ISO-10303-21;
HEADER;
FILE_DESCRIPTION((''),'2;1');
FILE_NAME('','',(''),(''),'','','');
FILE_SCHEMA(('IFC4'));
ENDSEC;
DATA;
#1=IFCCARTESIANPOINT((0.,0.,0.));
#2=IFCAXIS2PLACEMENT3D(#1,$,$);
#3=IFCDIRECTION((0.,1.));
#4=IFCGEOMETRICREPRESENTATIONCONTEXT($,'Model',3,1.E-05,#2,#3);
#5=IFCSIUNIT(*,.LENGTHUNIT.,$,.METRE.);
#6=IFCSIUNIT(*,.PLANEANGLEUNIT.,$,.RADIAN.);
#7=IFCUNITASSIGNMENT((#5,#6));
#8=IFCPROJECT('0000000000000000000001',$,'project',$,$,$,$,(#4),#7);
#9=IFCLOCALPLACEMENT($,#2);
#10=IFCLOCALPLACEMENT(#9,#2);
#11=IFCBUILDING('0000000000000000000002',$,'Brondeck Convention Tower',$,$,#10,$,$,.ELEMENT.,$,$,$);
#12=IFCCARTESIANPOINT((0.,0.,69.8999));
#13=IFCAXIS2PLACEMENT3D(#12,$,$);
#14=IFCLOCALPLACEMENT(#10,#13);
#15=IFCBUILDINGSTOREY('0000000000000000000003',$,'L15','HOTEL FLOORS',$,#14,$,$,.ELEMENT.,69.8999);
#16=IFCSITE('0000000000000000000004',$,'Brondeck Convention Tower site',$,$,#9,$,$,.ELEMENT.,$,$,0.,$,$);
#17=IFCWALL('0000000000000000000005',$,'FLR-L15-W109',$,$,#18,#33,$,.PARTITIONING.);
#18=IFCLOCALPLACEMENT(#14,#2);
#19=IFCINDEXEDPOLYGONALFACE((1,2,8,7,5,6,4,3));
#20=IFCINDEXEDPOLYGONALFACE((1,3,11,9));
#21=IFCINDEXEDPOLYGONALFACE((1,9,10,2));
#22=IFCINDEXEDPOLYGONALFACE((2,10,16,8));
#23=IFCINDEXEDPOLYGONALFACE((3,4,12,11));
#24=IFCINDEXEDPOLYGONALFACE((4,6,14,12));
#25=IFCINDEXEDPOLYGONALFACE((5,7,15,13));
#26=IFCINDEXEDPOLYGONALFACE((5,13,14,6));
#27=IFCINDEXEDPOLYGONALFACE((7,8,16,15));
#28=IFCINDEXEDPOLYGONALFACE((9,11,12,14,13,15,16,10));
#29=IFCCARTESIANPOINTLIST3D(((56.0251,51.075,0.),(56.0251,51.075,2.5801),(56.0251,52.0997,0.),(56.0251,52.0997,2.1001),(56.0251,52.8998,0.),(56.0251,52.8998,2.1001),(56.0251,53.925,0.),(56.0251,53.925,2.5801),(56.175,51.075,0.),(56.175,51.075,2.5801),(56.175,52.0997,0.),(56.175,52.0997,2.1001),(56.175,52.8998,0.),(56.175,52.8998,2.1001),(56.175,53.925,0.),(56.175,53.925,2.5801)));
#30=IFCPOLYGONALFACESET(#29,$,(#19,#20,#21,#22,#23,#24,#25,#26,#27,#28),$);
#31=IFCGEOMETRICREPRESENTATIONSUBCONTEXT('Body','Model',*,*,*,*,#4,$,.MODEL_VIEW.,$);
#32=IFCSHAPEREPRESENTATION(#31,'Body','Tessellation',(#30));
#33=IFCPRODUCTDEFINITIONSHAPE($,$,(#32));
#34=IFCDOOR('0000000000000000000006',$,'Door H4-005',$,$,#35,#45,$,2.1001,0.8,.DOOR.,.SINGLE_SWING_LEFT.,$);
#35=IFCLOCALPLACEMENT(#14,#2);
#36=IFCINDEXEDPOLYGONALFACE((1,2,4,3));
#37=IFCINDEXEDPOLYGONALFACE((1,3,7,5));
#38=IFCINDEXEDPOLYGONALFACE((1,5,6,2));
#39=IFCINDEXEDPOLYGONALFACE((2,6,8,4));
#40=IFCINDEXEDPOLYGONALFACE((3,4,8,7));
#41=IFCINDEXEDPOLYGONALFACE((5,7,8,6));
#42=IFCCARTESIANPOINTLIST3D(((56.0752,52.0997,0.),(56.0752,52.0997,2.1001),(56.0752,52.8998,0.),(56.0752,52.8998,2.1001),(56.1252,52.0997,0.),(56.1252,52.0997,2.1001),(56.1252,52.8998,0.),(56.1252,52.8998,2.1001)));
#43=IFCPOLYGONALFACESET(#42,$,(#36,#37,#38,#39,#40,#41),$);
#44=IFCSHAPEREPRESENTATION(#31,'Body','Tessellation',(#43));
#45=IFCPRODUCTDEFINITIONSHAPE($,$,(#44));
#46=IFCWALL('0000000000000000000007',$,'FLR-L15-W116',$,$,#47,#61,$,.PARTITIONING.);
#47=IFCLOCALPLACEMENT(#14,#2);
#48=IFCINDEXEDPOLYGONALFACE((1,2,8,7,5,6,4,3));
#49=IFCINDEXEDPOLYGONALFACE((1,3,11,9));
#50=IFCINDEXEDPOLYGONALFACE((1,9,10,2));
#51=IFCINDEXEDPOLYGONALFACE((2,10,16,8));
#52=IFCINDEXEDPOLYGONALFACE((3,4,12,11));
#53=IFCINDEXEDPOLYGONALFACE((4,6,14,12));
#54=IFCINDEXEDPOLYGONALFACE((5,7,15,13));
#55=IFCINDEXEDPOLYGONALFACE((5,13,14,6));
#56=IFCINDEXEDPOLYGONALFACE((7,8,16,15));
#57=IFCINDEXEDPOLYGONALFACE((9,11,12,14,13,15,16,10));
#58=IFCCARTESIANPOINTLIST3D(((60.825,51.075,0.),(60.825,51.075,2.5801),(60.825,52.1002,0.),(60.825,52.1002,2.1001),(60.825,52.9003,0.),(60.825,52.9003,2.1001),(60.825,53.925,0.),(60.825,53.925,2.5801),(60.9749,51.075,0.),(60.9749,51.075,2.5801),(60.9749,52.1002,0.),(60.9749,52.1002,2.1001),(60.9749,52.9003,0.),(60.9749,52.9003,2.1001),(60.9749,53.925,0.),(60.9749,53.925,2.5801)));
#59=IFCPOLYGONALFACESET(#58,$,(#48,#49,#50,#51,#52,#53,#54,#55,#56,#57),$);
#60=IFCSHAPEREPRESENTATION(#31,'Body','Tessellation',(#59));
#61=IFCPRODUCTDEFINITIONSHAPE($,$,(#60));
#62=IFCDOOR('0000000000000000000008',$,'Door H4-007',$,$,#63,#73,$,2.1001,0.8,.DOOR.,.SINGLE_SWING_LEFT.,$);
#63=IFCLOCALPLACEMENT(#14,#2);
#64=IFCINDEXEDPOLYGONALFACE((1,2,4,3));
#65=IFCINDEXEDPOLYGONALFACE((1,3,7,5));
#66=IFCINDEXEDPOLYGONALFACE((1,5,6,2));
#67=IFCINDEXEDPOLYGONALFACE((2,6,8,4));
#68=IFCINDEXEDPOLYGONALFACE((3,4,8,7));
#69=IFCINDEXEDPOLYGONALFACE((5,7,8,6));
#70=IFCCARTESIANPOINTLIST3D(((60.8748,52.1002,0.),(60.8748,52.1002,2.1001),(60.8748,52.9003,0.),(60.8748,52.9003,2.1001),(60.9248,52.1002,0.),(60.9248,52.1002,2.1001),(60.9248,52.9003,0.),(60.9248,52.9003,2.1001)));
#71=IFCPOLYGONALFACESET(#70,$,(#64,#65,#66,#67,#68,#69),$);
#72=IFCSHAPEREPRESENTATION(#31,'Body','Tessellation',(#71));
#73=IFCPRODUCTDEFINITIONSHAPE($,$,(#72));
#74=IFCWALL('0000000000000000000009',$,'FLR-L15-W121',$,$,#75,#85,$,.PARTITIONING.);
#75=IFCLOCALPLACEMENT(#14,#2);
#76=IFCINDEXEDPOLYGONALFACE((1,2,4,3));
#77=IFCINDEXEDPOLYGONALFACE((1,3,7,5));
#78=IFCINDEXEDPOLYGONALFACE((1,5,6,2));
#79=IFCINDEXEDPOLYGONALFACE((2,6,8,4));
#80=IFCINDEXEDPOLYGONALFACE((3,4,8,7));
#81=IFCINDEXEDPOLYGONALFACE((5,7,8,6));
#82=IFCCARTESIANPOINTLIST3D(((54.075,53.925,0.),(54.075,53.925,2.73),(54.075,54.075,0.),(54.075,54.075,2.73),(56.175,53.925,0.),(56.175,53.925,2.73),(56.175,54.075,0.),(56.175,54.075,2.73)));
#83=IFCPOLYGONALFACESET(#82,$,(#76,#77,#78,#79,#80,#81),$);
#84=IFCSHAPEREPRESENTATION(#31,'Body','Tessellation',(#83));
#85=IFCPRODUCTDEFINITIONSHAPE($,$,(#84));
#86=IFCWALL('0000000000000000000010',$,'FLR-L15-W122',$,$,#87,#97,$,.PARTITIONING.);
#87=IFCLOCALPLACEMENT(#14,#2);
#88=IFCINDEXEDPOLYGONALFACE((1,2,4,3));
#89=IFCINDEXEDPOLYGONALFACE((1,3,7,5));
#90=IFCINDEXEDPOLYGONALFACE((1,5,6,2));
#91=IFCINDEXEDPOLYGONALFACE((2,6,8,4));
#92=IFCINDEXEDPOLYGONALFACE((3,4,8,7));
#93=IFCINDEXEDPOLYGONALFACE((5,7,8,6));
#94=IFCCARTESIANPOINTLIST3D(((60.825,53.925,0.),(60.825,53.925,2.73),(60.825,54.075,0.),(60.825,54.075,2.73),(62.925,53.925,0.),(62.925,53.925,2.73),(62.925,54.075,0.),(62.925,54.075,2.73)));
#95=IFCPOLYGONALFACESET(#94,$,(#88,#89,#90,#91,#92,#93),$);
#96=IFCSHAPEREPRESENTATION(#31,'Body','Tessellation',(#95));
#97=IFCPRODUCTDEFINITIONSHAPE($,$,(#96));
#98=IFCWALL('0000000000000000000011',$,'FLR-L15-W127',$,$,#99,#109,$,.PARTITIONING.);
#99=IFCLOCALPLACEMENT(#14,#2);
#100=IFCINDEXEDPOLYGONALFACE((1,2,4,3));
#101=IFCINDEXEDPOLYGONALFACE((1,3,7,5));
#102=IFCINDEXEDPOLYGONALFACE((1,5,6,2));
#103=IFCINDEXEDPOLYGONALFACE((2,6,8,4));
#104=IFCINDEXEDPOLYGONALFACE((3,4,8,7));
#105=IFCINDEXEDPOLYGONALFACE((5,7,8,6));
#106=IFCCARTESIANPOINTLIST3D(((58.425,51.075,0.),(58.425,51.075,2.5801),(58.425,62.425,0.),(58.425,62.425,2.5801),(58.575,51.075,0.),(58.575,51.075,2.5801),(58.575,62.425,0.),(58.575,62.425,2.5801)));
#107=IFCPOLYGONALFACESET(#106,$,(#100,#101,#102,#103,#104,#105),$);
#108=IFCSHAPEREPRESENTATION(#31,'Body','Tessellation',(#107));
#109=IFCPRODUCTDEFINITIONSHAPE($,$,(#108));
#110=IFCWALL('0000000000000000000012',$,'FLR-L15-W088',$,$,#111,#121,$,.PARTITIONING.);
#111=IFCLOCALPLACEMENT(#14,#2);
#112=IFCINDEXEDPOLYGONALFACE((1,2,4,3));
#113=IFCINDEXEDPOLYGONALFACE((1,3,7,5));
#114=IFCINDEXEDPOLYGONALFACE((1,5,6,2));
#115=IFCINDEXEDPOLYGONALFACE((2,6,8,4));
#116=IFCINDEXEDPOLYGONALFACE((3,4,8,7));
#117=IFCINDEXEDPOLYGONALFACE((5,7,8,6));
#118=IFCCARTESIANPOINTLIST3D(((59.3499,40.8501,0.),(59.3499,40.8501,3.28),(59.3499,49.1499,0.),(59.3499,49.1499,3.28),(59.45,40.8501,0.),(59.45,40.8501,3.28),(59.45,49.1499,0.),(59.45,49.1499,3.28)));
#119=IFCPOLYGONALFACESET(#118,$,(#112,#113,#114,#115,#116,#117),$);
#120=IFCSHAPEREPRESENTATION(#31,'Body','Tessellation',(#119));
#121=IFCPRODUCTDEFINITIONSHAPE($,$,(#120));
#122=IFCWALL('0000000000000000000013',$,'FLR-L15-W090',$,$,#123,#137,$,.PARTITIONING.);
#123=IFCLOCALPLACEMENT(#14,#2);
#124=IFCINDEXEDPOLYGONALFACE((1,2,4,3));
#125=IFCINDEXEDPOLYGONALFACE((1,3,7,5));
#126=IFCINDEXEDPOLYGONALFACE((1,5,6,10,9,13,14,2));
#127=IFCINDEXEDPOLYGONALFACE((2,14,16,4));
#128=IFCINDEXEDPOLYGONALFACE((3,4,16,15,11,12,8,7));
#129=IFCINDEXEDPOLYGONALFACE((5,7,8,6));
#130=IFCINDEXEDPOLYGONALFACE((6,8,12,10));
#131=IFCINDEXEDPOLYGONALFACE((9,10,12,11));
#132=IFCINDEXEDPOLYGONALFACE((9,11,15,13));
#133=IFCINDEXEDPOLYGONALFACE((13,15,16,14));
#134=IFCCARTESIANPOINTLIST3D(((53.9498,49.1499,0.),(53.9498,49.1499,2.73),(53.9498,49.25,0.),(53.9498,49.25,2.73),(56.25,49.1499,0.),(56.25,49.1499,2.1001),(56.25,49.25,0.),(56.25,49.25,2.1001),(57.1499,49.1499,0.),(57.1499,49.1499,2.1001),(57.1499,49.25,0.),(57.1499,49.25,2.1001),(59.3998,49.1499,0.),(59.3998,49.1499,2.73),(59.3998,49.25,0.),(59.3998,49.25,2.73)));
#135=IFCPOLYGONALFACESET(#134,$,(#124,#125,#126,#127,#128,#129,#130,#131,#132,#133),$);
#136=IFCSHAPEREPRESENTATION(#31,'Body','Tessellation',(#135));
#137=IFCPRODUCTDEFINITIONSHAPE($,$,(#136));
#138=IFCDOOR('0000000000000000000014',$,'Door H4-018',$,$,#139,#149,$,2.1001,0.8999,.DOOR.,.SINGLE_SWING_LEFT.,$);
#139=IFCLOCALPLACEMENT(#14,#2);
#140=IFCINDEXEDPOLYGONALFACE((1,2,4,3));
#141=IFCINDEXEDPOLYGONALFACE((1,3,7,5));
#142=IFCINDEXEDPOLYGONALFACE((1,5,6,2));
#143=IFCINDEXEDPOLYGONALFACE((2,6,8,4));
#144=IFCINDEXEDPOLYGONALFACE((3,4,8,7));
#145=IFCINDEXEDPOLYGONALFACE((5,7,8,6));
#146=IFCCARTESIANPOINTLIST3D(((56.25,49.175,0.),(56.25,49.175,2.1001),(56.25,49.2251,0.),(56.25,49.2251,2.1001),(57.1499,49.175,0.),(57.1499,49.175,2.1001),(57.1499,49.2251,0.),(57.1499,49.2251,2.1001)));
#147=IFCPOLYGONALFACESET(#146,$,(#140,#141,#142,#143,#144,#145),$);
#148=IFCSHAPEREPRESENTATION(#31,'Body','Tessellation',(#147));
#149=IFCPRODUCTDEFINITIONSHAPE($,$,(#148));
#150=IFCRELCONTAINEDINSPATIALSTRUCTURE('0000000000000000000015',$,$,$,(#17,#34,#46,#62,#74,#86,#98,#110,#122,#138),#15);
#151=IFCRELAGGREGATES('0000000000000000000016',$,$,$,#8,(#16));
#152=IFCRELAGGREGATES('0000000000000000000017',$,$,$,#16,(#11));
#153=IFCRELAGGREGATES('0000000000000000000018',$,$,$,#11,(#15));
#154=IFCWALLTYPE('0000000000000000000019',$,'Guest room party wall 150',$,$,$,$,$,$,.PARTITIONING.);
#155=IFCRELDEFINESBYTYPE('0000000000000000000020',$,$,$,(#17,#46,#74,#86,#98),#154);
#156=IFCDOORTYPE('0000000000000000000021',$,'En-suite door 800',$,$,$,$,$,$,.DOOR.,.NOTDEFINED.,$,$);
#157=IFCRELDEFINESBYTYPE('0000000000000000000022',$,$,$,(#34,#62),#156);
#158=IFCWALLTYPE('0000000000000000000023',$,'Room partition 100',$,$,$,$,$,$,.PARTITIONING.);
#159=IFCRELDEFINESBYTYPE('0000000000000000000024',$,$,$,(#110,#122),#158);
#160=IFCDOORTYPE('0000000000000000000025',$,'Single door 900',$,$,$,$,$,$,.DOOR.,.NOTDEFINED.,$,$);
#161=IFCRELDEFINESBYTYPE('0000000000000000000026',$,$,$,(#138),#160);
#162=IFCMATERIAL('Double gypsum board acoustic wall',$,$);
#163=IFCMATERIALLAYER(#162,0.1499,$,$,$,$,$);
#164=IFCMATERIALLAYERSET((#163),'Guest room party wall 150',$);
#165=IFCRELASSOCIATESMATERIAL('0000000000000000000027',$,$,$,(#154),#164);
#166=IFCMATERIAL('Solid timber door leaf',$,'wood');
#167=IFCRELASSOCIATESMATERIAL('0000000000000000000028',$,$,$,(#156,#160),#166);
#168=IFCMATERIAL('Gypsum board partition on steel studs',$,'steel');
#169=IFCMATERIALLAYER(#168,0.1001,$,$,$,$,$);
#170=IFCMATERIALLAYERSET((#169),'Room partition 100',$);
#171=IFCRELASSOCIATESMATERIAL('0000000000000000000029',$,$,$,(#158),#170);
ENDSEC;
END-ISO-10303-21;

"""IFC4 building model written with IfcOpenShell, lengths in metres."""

from ifc_helpers import new_model, si_unit, direction, frame, frame_2d, origin, place, context, subcontext, project, spatial, rectangle, extrude, material, layer, layer_set, type_object, element, fill, save


model = new_model("IFC4")

# Units and contexts
model_context = context("Model", 3, precision=1e-05, world=origin(), true_north=direction((0.0, 1.0)))
body_context = subcontext(model_context, "Body", "Model", "MODEL_VIEW")
ifc_project = project(units=[si_unit("LENGTHUNIT", "METRE"), si_unit("PLANEANGLEUNIT", "RADIAN")], contexts=[model_context])

# Site, building, storey
site_placement = place(None, origin())
site = spatial("IfcSite", under=ifc_project, at=site_placement, Name="Brondeck Convention Tower site", CompositionType="ELEMENT", RefElevation=0.0)
building_placement = place(site_placement, origin())
building = spatial("IfcBuilding", under=site, at=building_placement, Name="Brondeck Convention Tower", CompositionType="ELEMENT")
storey_placement = place(building_placement, frame((0.0, 0.0, 69.8999)))
storey = spatial("IfcBuildingStorey", under=building, at=storey_placement, Name="L15", Description="HOTEL FLOORS", CompositionType="ELEMENT", Elevation=69.8999)

# Shared definitions
ifc_material_1 = material(Name="Double gypsum board acoustic wall")
ifc_layer_1 = layer(ifc_material_1, 0.1499)
ifc_layer_set_1 = layer_set([ifc_layer_1], Name="Guest room party wall 150")
wall_type_1 = type_object("IfcWallType", Name="Guest room party wall 150", PredefinedType="PARTITIONING", material=ifc_layer_set_1)

# Walls, openings, doors
wall_1_placement = place(storey_placement, frame((56.1001, 51.075, 0.0), z_axis=(0.0, 0.0, 1.0), x_axis=(0.0, 1.0, 0.0)))
wall_1 = element("IfcWall", 1, at=wall_1_placement, inside=storey, type_object=wall_type_1, Name="FLR-L15-W109", PredefinedType="PARTITIONING", context=body_context, shape_type="SweptSolid", body=[
    extrude(rectangle(XDim=2.8501, YDim=0.1499, at=frame_2d((1.425, 0.0))), origin(), (0.0, 0.0, 1.0), 2.5801),
])
opening_1_placement = place(wall_1_placement, frame((1.0249, 0.0, 0.0)))
opening_1 = element("IfcOpeningElement", 2, at=opening_1_placement, cuts=wall_1, PredefinedType="OPENING", context=body_context, shape_type="SweptSolid", body=[
    extrude(rectangle(XDim=0.8, YDim=2.1001, at=frame_2d((0.3999, 1.05))), frame((0.0, 0.085, 0.0), z_axis=(0.0, -1.0, 0.0), x_axis=(1.0, 0.0, 0.0)), (0.0, 0.0, 1.0), 0.1699),
])
ifc_material_2 = material(Name="Solid timber door leaf", Category="wood")
door_type_1 = type_object("IfcDoorType", Name="En-suite door 800", OperationType="NOTDEFINED", PredefinedType="DOOR", material=ifc_material_2)
door_1_placement = place(opening_1_placement, origin())
door_1 = element("IfcDoor", 3, at=door_1_placement, inside=storey, type_object=door_type_1, Name="Door H4-005", OperationType="SINGLE_SWING_LEFT", OverallHeight=2.1001, OverallWidth=0.8, PredefinedType="DOOR", context=body_context, shape_type="SweptSolid", body=[
    extrude(rectangle(XDim=0.8, YDim=2.1001, at=frame_2d((0.3999, 1.05))), frame((0.0, 0.0249, 0.0), z_axis=(0.0, -1.0, 0.0), x_axis=(1.0, 0.0, 0.0)), (0.0, 0.0, 1.0), 0.05),
])
fill(opening_1, door_1)
wall_2_placement = place(storey_placement, frame((60.8999, 53.925, 0.0), z_axis=(0.0, 0.0, 1.0), x_axis=(0.0, -1.0, 0.0)))
wall_2 = element("IfcWall", 4, at=wall_2_placement, inside=storey, type_object=wall_type_1, Name="FLR-L15-W116", PredefinedType="PARTITIONING", context=body_context, shape_type="SweptSolid", body=[
    extrude(rectangle(XDim=2.8501, YDim=0.1499, at=frame_2d((1.425, 0.0))), origin(), (0.0, 0.0, 1.0), 2.5801),
])
opening_2_placement = place(wall_2_placement, frame((1.0249, 0.0, 0.0)))
opening_2 = element("IfcOpeningElement", 5, at=opening_2_placement, cuts=wall_2, PredefinedType="OPENING", context=body_context, shape_type="SweptSolid", body=[
    extrude(rectangle(XDim=0.8, YDim=2.1001, at=frame_2d((0.3999, 1.05))), frame((0.0, 0.085, 0.0), z_axis=(0.0, -1.0, 0.0), x_axis=(1.0, 0.0, 0.0)), (0.0, 0.0, 1.0), 0.1699),
])
door_2_placement = place(opening_2_placement, origin())
door_2 = element("IfcDoor", 6, at=door_2_placement, inside=storey, type_object=door_type_1, Name="Door H4-007", OperationType="SINGLE_SWING_LEFT", OverallHeight=2.1001, OverallWidth=0.8, PredefinedType="DOOR", context=body_context, shape_type="SweptSolid", body=[
    extrude(rectangle(XDim=0.8, YDim=2.1001, at=frame_2d((0.3999, 1.05))), frame((0.0, 0.0249, 0.0), z_axis=(0.0, -1.0, 0.0), x_axis=(1.0, 0.0, 0.0)), (0.0, 0.0, 1.0), 0.05),
])
fill(opening_2, door_2)

# Walls
for number, where, z_axis, x_axis, name in (
    (7, (56.175, 54.0, 0.0), (0.0, 0.0, 1.0), (-1.0, 0.0, 0.0), "FLR-L15-W121"),
    (8, (62.925, 54.0, 0.0), (0.0, 0.0, 1.0), (-1.0, 0.0, 0.0), "FLR-L15-W122"),
):
    element("IfcWall", number, at=place(storey_placement, frame(where, z_axis=z_axis, x_axis=x_axis)), inside=storey, type_object=wall_type_1, Name=name, PredefinedType="PARTITIONING", context=body_context, shape_type="SweptSolid", body=[
        extrude(rectangle(XDim=2.1001, YDim=0.1499, at=frame_2d((1.05, 0.0))), origin(), (0.0, 0.0, 1.0), 2.73),
    ])
wall_3_placement = place(storey_placement, frame((58.5, 62.425, 0.0), z_axis=(0.0, 0.0, 1.0), x_axis=(0.0, -1.0, 0.0)))
element("IfcWall", 9, at=wall_3_placement, inside=storey, type_object=wall_type_1, Name="FLR-L15-W127", PredefinedType="PARTITIONING", context=body_context, shape_type="SweptSolid", body=[
    extrude(rectangle(XDim=11.3501, YDim=0.1499, at=frame_2d((5.675, 0.0))), origin(), (0.0, 0.0, 1.0), 2.5801),
])
ifc_material_3 = material(Name="Gypsum board partition on steel studs", Category="steel")
ifc_layer_2 = layer(ifc_material_3, 0.1001)
ifc_layer_set_2 = layer_set([ifc_layer_2], Name="Room partition 100")
wall_type_2 = type_object("IfcWallType", Name="Room partition 100", PredefinedType="PARTITIONING", material=ifc_layer_set_2)
wall_4_placement = place(storey_placement, frame((59.3999, 49.1499, 0.0), z_axis=(0.0, 0.0, 1.0), x_axis=(0.0, -1.0, 0.0)))
element("IfcWall", 10, at=wall_4_placement, inside=storey, type_object=wall_type_2, Name="FLR-L15-W088", PredefinedType="PARTITIONING", context=body_context, shape_type="SweptSolid", body=[
    extrude(rectangle(XDim=8.2998, YDim=0.1001, at=frame_2d((4.1499, 0.0))), origin(), (0.0, 0.0, 1.0), 3.28),
])

# Wall, opening, door
wall_5_placement = place(storey_placement, frame((59.3999, 49.2, 0.0), z_axis=(0.0, 0.0, 1.0), x_axis=(-1.0, 0.0, 0.0)))
wall_5 = element("IfcWall", 11, at=wall_5_placement, inside=storey, type_object=wall_type_2, Name="FLR-L15-W090", PredefinedType="PARTITIONING", context=body_context, shape_type="SweptSolid", body=[
    extrude(rectangle(XDim=5.45, YDim=0.1001, at=frame_2d((2.7251, 0.0))), origin(), (0.0, 0.0, 1.0), 2.73),
])
opening_3_placement = place(wall_5_placement, frame((2.25, 0.0, 0.0)))
opening_3 = element("IfcOpeningElement", 12, at=opening_3_placement, cuts=wall_5, PredefinedType="OPENING", context=body_context, shape_type="SweptSolid", body=[
    extrude(rectangle(XDim=0.8999, YDim=2.1001, at=frame_2d((0.45, 1.05))), frame((0.0, 0.0601, 0.0), z_axis=(0.0, -1.0, 0.0), x_axis=(1.0, 0.0, 0.0)), (0.0, 0.0, 1.0), 0.1201),
])
door_type_2 = type_object("IfcDoorType", Name="Single door 900", OperationType="NOTDEFINED", PredefinedType="DOOR", material=ifc_material_2)
door_3_placement = place(opening_3_placement, origin())
door_3 = element("IfcDoor", 13, at=door_3_placement, inside=storey, type_object=door_type_2, Name="Door H4-018", OperationType="SINGLE_SWING_LEFT", OverallHeight=2.1001, OverallWidth=0.8999, PredefinedType="DOOR", context=body_context, shape_type="SweptSolid", body=[
    extrude(rectangle(XDim=0.8999, YDim=2.1001, at=frame_2d((0.45, 1.05))), frame((0.0, 0.0249, 0.0), z_axis=(0.0, -1.0, 0.0), x_axis=(1.0, 0.0, 0.0)), (0.0, 0.0, 1.0), 0.05),
])
fill(opening_3, door_3)

save(model, "model.ifc")
